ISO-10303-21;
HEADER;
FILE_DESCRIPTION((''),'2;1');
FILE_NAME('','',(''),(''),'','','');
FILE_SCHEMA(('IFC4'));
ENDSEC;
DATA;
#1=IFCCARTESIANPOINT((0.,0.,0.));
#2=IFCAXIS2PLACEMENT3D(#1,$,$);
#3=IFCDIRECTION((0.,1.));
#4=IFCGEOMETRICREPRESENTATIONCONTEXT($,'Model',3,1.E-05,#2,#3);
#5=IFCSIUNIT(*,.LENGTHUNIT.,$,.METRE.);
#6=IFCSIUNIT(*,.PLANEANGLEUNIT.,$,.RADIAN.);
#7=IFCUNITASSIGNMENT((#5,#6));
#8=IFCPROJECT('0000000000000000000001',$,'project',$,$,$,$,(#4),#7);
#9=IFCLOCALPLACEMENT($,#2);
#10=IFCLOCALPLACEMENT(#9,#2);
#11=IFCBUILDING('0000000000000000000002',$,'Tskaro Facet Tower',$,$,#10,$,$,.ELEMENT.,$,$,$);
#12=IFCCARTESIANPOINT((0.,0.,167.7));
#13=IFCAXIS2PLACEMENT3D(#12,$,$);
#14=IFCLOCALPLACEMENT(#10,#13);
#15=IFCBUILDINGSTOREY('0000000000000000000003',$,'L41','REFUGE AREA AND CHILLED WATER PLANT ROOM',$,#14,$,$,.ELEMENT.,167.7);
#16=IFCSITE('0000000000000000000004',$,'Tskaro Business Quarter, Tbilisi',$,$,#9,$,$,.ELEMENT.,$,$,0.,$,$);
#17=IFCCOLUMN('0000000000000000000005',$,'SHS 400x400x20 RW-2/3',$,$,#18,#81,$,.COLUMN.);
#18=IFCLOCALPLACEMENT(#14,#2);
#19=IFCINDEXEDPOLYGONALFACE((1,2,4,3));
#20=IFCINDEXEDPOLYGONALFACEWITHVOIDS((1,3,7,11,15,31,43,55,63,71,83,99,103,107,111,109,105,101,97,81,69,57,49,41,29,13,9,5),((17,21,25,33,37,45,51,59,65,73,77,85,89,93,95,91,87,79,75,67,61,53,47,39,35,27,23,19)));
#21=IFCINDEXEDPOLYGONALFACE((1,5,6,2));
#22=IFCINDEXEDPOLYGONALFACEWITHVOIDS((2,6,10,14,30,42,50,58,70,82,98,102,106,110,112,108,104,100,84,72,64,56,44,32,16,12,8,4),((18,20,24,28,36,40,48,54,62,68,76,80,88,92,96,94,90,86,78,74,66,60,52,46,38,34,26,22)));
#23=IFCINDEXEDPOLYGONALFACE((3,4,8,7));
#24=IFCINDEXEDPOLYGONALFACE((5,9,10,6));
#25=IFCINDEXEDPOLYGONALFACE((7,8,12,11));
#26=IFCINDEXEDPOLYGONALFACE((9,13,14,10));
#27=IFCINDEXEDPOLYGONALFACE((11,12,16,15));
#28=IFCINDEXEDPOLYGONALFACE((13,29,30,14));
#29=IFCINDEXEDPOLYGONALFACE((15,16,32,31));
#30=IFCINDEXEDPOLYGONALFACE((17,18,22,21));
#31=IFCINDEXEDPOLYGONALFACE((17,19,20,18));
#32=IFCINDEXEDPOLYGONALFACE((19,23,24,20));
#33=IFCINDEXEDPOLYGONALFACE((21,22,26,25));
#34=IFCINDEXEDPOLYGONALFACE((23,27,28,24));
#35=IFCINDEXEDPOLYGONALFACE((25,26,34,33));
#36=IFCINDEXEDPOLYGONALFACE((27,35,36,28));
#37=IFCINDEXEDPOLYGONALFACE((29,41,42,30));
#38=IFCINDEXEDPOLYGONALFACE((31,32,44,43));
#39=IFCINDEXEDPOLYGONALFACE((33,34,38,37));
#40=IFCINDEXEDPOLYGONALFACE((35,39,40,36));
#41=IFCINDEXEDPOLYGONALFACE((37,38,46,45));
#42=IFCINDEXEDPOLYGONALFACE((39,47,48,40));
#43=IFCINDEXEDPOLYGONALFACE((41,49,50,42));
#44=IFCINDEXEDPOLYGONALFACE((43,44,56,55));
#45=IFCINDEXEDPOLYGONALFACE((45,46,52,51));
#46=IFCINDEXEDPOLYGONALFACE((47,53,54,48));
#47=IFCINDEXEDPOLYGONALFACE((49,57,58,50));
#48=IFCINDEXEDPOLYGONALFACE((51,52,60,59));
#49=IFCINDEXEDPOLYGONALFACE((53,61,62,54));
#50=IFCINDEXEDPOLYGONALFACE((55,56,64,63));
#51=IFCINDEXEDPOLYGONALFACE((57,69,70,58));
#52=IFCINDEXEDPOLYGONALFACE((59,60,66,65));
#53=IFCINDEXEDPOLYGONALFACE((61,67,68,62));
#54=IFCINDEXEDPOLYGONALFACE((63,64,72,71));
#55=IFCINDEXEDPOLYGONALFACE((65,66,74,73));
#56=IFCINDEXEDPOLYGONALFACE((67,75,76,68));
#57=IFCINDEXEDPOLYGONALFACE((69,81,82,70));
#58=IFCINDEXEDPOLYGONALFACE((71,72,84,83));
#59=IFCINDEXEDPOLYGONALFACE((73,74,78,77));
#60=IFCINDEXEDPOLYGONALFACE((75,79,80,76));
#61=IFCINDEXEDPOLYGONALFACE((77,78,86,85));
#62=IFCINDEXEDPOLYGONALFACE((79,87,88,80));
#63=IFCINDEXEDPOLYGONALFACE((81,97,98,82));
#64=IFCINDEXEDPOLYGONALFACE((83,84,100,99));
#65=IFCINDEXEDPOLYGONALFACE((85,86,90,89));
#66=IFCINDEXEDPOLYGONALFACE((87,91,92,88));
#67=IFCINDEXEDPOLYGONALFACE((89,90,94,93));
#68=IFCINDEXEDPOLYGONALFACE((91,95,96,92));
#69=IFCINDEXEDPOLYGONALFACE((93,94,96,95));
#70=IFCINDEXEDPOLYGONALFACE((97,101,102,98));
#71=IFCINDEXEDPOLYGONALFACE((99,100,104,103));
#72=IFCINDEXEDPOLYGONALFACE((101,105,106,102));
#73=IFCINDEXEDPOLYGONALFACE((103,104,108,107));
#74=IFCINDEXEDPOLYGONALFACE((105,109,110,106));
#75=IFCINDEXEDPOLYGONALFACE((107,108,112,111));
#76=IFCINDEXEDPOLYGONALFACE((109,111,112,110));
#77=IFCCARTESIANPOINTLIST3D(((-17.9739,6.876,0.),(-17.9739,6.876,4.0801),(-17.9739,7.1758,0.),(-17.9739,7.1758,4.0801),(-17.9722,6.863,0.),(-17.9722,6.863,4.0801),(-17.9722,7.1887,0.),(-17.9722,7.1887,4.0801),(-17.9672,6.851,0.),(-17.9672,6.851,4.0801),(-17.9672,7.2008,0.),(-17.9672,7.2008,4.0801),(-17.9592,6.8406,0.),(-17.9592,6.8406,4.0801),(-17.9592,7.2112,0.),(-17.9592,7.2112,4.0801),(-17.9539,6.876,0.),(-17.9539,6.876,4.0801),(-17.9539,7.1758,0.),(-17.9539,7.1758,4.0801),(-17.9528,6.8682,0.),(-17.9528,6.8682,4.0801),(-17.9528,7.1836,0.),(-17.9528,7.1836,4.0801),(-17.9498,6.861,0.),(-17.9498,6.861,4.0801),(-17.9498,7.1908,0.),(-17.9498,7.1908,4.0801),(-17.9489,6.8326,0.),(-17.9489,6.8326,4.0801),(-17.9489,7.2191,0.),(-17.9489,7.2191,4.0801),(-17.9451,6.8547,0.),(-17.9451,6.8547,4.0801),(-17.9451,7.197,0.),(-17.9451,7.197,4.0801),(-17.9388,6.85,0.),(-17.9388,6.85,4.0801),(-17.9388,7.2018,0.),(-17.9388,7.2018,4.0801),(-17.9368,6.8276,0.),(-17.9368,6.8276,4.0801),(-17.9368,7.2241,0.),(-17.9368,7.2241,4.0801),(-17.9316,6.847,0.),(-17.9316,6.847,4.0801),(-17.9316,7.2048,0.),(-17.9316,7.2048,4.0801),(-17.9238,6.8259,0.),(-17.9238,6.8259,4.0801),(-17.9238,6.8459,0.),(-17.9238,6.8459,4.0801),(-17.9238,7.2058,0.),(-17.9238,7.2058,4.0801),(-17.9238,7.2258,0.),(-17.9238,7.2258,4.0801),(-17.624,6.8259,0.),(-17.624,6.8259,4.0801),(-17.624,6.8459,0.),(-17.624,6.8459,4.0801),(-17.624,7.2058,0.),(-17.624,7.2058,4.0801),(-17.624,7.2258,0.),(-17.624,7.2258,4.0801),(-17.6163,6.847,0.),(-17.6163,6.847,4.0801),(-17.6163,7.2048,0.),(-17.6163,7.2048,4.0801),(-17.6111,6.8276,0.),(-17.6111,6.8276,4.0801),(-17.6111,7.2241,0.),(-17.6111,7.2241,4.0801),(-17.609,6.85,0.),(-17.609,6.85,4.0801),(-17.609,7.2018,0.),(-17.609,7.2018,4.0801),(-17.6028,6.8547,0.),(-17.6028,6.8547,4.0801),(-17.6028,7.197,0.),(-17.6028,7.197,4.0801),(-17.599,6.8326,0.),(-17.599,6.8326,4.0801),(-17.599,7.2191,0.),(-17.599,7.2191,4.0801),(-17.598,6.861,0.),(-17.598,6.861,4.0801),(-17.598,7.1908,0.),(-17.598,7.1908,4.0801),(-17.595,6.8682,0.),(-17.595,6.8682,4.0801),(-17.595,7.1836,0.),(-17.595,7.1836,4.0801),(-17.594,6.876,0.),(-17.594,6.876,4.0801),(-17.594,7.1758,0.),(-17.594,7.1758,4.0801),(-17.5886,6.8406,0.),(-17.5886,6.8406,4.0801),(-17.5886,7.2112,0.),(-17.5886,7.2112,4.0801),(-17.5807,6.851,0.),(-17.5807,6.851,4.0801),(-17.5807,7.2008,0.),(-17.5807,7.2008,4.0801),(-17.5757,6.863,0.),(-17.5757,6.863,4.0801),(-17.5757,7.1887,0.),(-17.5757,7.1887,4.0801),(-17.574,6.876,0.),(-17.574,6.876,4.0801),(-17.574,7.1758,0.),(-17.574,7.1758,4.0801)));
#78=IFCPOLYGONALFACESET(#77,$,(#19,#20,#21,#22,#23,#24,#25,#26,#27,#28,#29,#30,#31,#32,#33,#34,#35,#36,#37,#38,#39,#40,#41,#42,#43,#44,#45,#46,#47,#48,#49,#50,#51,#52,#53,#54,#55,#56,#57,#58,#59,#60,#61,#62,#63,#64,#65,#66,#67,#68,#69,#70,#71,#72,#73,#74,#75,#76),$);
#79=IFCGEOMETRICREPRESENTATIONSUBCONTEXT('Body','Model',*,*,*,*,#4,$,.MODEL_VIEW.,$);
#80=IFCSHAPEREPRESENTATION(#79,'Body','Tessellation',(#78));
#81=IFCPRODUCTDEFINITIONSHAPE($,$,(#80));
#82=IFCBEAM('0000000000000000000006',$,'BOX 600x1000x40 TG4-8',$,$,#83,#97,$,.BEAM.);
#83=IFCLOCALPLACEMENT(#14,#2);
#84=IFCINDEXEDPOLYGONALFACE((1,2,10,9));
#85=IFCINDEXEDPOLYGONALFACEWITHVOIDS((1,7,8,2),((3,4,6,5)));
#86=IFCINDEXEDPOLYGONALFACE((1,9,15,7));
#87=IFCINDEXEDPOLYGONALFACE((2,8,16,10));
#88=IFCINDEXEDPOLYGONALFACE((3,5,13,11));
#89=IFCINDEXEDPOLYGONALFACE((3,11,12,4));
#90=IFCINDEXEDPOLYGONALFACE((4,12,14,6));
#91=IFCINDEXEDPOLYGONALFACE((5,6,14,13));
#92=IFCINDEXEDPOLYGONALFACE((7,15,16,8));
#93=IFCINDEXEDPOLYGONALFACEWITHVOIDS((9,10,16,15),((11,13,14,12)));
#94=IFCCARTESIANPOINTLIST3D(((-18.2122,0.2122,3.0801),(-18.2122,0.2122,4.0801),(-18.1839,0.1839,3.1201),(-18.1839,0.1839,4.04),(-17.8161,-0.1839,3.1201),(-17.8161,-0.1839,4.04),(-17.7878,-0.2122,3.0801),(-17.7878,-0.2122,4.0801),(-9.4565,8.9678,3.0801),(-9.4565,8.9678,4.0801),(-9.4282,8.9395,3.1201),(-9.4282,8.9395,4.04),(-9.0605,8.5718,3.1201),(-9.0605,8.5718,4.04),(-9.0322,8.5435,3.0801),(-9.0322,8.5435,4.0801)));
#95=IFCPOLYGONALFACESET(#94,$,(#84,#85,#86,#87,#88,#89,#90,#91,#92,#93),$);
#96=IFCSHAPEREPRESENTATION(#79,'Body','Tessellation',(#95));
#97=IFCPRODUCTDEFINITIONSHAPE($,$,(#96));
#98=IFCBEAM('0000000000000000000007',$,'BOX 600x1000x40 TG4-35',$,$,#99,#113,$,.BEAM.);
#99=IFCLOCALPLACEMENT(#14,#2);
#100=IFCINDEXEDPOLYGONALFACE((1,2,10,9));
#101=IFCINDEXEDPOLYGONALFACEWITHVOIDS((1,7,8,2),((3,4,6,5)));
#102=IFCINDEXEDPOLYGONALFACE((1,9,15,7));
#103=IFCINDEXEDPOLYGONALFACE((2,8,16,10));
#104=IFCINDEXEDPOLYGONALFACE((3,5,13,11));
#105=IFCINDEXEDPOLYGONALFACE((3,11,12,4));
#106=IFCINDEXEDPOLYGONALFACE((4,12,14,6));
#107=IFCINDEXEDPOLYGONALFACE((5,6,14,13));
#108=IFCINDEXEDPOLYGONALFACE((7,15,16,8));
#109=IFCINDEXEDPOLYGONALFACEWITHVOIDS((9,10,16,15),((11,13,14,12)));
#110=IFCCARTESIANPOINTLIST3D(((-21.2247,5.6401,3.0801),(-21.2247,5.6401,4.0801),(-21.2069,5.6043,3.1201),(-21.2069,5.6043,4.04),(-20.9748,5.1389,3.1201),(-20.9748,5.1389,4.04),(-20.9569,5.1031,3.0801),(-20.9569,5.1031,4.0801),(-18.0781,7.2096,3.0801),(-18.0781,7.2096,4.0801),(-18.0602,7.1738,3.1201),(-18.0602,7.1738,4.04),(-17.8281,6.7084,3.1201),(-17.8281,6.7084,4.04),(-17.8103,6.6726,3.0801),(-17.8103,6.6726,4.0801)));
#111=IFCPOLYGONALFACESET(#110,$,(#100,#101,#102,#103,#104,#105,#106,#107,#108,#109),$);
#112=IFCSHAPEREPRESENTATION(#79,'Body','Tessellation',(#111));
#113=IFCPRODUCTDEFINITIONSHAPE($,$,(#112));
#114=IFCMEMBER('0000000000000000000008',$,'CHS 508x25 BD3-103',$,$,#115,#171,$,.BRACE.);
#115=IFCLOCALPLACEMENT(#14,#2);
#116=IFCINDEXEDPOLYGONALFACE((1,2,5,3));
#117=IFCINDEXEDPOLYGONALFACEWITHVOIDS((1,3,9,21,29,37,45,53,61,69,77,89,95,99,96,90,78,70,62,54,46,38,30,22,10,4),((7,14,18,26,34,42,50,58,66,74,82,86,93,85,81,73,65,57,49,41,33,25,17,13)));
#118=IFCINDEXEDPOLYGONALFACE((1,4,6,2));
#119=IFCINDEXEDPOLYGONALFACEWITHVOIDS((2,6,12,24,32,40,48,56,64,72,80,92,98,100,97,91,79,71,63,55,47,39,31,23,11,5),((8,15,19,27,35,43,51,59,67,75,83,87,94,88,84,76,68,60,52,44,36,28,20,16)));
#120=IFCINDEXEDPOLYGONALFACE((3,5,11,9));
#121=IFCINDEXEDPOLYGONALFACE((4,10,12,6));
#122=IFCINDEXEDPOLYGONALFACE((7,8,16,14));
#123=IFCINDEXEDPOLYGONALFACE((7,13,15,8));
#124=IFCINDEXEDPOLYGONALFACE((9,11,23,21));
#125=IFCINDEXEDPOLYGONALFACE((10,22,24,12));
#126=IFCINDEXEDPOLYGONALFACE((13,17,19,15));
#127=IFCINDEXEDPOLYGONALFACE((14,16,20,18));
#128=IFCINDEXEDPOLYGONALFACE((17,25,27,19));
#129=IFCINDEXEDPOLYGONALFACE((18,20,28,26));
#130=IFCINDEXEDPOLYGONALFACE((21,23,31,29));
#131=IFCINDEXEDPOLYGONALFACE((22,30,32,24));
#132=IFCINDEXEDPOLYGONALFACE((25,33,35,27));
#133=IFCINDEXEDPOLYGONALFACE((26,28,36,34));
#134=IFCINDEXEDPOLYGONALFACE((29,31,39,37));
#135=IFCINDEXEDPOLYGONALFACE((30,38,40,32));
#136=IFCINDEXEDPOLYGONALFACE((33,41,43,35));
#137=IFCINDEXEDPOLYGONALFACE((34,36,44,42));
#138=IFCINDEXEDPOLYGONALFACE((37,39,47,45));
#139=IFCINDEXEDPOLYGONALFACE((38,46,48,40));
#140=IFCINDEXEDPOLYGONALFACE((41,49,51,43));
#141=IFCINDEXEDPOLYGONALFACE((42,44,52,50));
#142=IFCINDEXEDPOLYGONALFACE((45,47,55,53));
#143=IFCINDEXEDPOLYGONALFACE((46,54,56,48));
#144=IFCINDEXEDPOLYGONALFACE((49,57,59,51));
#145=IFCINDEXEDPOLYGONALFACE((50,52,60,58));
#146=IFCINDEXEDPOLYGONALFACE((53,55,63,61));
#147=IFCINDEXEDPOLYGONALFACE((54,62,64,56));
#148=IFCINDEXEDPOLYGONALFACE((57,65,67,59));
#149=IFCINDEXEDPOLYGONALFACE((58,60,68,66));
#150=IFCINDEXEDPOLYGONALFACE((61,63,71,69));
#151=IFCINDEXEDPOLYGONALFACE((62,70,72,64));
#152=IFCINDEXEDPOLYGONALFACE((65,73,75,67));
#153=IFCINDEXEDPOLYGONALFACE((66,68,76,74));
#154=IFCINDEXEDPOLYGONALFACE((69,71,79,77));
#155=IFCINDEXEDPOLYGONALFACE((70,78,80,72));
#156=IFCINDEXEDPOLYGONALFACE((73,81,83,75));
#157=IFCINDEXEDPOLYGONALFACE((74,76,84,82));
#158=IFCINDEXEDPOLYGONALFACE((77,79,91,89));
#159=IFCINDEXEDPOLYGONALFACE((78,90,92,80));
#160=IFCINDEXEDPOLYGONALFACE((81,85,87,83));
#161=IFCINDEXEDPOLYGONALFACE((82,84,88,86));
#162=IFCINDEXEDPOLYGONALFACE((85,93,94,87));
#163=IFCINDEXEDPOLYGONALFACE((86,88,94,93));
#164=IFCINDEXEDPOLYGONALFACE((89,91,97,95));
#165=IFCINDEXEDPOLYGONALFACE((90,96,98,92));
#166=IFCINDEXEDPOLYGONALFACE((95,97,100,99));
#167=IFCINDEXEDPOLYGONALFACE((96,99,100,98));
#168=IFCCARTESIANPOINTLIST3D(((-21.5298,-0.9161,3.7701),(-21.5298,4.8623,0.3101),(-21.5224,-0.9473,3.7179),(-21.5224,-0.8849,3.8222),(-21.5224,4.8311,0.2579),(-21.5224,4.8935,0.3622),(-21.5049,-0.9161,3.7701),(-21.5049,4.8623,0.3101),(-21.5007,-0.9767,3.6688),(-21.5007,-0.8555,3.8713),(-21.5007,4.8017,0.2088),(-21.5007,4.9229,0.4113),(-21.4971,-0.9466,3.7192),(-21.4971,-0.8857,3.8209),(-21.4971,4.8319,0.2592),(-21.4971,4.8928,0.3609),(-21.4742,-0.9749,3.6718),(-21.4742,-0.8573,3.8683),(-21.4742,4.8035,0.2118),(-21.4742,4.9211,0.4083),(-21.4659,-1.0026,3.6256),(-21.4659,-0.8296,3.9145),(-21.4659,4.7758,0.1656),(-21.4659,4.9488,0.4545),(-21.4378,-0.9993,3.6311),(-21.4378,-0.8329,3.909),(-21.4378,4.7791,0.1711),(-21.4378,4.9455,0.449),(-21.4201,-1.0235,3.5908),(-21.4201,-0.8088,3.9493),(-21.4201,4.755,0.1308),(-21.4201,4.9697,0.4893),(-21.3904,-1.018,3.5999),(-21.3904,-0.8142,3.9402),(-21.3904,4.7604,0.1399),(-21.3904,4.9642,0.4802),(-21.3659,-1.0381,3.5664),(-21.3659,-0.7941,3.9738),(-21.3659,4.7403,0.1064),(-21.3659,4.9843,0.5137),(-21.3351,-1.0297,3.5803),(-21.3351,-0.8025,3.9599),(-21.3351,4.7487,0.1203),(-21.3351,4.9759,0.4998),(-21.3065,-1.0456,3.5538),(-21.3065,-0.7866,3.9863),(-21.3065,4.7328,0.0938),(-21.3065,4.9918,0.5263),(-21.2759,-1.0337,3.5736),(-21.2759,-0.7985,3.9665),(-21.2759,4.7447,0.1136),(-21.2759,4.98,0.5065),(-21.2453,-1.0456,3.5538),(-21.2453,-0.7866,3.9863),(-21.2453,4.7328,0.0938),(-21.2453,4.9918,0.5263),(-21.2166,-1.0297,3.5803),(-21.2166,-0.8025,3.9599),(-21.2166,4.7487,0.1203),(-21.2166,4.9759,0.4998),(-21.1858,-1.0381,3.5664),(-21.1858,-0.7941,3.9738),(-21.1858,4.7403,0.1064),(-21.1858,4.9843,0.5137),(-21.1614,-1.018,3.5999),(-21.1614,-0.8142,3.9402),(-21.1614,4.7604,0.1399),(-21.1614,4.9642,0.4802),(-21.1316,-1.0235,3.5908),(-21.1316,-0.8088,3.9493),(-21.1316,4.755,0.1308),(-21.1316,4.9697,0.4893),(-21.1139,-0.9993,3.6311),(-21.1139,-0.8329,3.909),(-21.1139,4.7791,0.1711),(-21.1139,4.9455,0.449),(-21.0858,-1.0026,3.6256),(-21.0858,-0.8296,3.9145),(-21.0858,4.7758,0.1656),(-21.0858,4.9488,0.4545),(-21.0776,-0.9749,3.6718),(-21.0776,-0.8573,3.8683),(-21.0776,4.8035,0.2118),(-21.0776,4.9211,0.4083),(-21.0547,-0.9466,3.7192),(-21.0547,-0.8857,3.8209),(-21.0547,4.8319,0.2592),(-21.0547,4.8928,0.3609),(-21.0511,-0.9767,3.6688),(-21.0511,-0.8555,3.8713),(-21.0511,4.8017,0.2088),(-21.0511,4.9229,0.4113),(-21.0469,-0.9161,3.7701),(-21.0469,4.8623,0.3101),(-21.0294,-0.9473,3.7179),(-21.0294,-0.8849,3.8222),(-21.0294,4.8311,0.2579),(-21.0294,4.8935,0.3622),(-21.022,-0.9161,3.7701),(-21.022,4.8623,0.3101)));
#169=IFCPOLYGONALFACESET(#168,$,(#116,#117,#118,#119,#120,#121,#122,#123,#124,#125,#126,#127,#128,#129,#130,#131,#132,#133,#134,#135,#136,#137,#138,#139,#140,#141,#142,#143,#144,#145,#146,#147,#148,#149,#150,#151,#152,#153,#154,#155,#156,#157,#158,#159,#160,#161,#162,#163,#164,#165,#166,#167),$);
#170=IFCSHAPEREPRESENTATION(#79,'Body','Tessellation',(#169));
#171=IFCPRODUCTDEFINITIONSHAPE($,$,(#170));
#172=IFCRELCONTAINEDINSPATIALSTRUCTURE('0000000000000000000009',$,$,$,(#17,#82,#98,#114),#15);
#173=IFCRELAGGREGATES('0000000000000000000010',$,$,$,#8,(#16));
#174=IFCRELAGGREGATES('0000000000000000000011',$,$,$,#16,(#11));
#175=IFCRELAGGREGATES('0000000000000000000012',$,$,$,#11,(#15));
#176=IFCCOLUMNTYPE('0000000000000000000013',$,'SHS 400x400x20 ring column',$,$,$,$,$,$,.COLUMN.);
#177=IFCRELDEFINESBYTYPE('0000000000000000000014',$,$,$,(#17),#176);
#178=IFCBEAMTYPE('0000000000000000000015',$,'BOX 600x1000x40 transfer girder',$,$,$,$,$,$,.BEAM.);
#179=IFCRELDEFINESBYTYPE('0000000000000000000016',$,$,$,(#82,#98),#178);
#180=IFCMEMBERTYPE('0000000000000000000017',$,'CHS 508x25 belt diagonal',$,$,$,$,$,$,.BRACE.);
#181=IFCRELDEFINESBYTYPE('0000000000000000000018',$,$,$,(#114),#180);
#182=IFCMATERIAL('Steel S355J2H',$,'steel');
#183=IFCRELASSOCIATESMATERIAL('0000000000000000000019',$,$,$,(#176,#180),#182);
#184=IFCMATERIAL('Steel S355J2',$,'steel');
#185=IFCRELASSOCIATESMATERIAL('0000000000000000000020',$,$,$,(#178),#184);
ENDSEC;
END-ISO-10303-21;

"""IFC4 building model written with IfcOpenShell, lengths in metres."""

from ifc_helpers import new_model, si_unit, direction, frame, origin, origin_2d, place, context, subcontext, project, spatial, hollow_rectangle, hollow_circle, extrude, material, material_profile, profile_set, type_object, element, save


model = new_model("IFC4")

# Units and contexts
model_context = context("Model", 3, precision=1e-05, world=origin(), true_north=direction((0.0, 1.0)))
body_context = subcontext(model_context, "Body", "Model", "MODEL_VIEW")
ifc_project = project(units=[si_unit("LENGTHUNIT", "METRE"), si_unit("PLANEANGLEUNIT", "RADIAN")], contexts=[model_context])

# Site, building, storey
site_placement = place(None, origin())
site = spatial("IfcSite", under=ifc_project, at=site_placement, Name="Tskaro Business Quarter, Tbilisi", CompositionType="ELEMENT", RefElevation=0.0)
building_placement = place(site_placement, origin())
building = spatial("IfcBuilding", under=site, at=building_placement, Name="Tskaro Facet Tower", CompositionType="ELEMENT")
storey_placement = place(building_placement, frame((0.0, 0.0, 167.7)))
storey = spatial("IfcBuildingStorey", under=building, at=storey_placement, Name="L41", Description="REFUGE AREA AND CHILLED WATER PLANT ROOM", CompositionType="ELEMENT", Elevation=167.7)

# Column
ifc_material_1 = material(Name="Steel S355J2H", Category="steel")
ifc_material_profile_1 = material_profile(ifc_material_1, hollow_rectangle(XDim=0.3999, YDim=0.3999, WallThickness=0.02, InnerFilletRadius=0.03, OuterFilletRadius=0.05, at=origin_2d()), Name="SHS 400x400x20")
ifc_profile_set_1 = profile_set([ifc_material_profile_1], Name="Steel S355J2H")
column_type = type_object("IfcColumnType", Name="SHS 400x400x20 ring column", PredefinedType="COLUMN", material=ifc_profile_set_1)
column_placement = place(storey_placement, frame((-17.7739, 7.0259, 0.0), z_axis=(0.0, 0.0, 1.0), x_axis=(1.0, 0.0, 0.0)))
element("IfcColumn", 1, at=column_placement, inside=storey, type_object=column_type, Name="SHS 400x400x20 RW-2/3", PredefinedType="COLUMN", context=body_context, shape_type="SweptSolid", body=[
    extrude(hollow_rectangle(XDim=0.3999, YDim=0.3999, WallThickness=0.02, InnerFilletRadius=0.03, OuterFilletRadius=0.05, at=origin_2d()), origin(), (0.0, 0.0, 1.0), 4.0801),
])

# Beams
ifc_material_2 = material(Name="Steel S355J2", Category="steel")
ifc_material_profile_2 = material_profile(ifc_material_2, hollow_rectangle(XDim=0.6001, YDim=1.0, WallThickness=0.04, at=origin_2d()), Name="BOX 600x1000x40")
ifc_profile_set_2 = profile_set([ifc_material_profile_2], Name="Steel S355J2")
beam_type_1 = type_object("IfcBeamType", Name="BOX 600x1000x40 transfer girder", PredefinedType="BEAM", material=ifc_profile_set_2)
beam_1_placement = place(storey_placement, frame((-18.0, 0.0, 3.5801), z_axis=(0.707107, 0.707107, 0.0), x_axis=(-0.707107, 0.707107, 0.0)))
element("IfcBeam", 2, at=beam_1_placement, inside=storey, type_object=beam_type_1, Name="BOX 600x1000x40 TG4-8", PredefinedType="BEAM", context=body_context, shape_type="SweptSolid", body=[
    extrude(hollow_rectangle(XDim=0.6001, YDim=1.0, WallThickness=0.04, at=origin_2d()), origin(), (0.0, 0.0, 1.0), 12.3823),
])
beam_2_placement = place(storey_placement, frame((-21.0908, 5.3716, 3.5801), z_axis=(0.894857, 0.446352, 0.0), x_axis=(-0.446352, 0.894857, 0.0)))
element("IfcBeam", 3, at=beam_2_placement, inside=storey, type_object=beam_type_1, Name="BOX 600x1000x40 TG4-35", PredefinedType="BEAM", context=body_context, shape_type="SweptSolid", body=[
    extrude(hollow_rectangle(XDim=0.6001, YDim=1.0, WallThickness=0.04, at=origin_2d()), origin(), (0.0, 0.0, 1.0), 3.5164),
])

# Member
ifc_material_profile_3 = material_profile(ifc_material_1, hollow_circle(Radius=0.2539, WallThickness=0.0249, at=origin_2d()), Name="CHS 508x25")
ifc_profile_set_3 = profile_set([ifc_material_profile_3], Name="Steel S355J2H")
member_type_1 = type_object("IfcMemberType", Name="CHS 508x25 belt diagonal", PredefinedType="BRACE", material=ifc_profile_set_3)
member_1_placement = place(storey_placement, frame((-21.2759, 4.8623, 0.3101), z_axis=(0.0, -0.857953, 0.513728), x_axis=(1.0, 0.0, 0.0)))
element("IfcMember", 4, at=member_1_placement, inside=storey, type_object=member_type_1, Name="CHS 508x25 BD3-103", PredefinedType="BRACE", context=body_context, shape_type="SweptSolid", body=[
    extrude(hollow_circle(Radius=0.2539, WallThickness=0.0249, at=origin_2d()), origin(), (0.0, 0.0, 1.0), 6.7351),
])

save(model, "model.ifc")
